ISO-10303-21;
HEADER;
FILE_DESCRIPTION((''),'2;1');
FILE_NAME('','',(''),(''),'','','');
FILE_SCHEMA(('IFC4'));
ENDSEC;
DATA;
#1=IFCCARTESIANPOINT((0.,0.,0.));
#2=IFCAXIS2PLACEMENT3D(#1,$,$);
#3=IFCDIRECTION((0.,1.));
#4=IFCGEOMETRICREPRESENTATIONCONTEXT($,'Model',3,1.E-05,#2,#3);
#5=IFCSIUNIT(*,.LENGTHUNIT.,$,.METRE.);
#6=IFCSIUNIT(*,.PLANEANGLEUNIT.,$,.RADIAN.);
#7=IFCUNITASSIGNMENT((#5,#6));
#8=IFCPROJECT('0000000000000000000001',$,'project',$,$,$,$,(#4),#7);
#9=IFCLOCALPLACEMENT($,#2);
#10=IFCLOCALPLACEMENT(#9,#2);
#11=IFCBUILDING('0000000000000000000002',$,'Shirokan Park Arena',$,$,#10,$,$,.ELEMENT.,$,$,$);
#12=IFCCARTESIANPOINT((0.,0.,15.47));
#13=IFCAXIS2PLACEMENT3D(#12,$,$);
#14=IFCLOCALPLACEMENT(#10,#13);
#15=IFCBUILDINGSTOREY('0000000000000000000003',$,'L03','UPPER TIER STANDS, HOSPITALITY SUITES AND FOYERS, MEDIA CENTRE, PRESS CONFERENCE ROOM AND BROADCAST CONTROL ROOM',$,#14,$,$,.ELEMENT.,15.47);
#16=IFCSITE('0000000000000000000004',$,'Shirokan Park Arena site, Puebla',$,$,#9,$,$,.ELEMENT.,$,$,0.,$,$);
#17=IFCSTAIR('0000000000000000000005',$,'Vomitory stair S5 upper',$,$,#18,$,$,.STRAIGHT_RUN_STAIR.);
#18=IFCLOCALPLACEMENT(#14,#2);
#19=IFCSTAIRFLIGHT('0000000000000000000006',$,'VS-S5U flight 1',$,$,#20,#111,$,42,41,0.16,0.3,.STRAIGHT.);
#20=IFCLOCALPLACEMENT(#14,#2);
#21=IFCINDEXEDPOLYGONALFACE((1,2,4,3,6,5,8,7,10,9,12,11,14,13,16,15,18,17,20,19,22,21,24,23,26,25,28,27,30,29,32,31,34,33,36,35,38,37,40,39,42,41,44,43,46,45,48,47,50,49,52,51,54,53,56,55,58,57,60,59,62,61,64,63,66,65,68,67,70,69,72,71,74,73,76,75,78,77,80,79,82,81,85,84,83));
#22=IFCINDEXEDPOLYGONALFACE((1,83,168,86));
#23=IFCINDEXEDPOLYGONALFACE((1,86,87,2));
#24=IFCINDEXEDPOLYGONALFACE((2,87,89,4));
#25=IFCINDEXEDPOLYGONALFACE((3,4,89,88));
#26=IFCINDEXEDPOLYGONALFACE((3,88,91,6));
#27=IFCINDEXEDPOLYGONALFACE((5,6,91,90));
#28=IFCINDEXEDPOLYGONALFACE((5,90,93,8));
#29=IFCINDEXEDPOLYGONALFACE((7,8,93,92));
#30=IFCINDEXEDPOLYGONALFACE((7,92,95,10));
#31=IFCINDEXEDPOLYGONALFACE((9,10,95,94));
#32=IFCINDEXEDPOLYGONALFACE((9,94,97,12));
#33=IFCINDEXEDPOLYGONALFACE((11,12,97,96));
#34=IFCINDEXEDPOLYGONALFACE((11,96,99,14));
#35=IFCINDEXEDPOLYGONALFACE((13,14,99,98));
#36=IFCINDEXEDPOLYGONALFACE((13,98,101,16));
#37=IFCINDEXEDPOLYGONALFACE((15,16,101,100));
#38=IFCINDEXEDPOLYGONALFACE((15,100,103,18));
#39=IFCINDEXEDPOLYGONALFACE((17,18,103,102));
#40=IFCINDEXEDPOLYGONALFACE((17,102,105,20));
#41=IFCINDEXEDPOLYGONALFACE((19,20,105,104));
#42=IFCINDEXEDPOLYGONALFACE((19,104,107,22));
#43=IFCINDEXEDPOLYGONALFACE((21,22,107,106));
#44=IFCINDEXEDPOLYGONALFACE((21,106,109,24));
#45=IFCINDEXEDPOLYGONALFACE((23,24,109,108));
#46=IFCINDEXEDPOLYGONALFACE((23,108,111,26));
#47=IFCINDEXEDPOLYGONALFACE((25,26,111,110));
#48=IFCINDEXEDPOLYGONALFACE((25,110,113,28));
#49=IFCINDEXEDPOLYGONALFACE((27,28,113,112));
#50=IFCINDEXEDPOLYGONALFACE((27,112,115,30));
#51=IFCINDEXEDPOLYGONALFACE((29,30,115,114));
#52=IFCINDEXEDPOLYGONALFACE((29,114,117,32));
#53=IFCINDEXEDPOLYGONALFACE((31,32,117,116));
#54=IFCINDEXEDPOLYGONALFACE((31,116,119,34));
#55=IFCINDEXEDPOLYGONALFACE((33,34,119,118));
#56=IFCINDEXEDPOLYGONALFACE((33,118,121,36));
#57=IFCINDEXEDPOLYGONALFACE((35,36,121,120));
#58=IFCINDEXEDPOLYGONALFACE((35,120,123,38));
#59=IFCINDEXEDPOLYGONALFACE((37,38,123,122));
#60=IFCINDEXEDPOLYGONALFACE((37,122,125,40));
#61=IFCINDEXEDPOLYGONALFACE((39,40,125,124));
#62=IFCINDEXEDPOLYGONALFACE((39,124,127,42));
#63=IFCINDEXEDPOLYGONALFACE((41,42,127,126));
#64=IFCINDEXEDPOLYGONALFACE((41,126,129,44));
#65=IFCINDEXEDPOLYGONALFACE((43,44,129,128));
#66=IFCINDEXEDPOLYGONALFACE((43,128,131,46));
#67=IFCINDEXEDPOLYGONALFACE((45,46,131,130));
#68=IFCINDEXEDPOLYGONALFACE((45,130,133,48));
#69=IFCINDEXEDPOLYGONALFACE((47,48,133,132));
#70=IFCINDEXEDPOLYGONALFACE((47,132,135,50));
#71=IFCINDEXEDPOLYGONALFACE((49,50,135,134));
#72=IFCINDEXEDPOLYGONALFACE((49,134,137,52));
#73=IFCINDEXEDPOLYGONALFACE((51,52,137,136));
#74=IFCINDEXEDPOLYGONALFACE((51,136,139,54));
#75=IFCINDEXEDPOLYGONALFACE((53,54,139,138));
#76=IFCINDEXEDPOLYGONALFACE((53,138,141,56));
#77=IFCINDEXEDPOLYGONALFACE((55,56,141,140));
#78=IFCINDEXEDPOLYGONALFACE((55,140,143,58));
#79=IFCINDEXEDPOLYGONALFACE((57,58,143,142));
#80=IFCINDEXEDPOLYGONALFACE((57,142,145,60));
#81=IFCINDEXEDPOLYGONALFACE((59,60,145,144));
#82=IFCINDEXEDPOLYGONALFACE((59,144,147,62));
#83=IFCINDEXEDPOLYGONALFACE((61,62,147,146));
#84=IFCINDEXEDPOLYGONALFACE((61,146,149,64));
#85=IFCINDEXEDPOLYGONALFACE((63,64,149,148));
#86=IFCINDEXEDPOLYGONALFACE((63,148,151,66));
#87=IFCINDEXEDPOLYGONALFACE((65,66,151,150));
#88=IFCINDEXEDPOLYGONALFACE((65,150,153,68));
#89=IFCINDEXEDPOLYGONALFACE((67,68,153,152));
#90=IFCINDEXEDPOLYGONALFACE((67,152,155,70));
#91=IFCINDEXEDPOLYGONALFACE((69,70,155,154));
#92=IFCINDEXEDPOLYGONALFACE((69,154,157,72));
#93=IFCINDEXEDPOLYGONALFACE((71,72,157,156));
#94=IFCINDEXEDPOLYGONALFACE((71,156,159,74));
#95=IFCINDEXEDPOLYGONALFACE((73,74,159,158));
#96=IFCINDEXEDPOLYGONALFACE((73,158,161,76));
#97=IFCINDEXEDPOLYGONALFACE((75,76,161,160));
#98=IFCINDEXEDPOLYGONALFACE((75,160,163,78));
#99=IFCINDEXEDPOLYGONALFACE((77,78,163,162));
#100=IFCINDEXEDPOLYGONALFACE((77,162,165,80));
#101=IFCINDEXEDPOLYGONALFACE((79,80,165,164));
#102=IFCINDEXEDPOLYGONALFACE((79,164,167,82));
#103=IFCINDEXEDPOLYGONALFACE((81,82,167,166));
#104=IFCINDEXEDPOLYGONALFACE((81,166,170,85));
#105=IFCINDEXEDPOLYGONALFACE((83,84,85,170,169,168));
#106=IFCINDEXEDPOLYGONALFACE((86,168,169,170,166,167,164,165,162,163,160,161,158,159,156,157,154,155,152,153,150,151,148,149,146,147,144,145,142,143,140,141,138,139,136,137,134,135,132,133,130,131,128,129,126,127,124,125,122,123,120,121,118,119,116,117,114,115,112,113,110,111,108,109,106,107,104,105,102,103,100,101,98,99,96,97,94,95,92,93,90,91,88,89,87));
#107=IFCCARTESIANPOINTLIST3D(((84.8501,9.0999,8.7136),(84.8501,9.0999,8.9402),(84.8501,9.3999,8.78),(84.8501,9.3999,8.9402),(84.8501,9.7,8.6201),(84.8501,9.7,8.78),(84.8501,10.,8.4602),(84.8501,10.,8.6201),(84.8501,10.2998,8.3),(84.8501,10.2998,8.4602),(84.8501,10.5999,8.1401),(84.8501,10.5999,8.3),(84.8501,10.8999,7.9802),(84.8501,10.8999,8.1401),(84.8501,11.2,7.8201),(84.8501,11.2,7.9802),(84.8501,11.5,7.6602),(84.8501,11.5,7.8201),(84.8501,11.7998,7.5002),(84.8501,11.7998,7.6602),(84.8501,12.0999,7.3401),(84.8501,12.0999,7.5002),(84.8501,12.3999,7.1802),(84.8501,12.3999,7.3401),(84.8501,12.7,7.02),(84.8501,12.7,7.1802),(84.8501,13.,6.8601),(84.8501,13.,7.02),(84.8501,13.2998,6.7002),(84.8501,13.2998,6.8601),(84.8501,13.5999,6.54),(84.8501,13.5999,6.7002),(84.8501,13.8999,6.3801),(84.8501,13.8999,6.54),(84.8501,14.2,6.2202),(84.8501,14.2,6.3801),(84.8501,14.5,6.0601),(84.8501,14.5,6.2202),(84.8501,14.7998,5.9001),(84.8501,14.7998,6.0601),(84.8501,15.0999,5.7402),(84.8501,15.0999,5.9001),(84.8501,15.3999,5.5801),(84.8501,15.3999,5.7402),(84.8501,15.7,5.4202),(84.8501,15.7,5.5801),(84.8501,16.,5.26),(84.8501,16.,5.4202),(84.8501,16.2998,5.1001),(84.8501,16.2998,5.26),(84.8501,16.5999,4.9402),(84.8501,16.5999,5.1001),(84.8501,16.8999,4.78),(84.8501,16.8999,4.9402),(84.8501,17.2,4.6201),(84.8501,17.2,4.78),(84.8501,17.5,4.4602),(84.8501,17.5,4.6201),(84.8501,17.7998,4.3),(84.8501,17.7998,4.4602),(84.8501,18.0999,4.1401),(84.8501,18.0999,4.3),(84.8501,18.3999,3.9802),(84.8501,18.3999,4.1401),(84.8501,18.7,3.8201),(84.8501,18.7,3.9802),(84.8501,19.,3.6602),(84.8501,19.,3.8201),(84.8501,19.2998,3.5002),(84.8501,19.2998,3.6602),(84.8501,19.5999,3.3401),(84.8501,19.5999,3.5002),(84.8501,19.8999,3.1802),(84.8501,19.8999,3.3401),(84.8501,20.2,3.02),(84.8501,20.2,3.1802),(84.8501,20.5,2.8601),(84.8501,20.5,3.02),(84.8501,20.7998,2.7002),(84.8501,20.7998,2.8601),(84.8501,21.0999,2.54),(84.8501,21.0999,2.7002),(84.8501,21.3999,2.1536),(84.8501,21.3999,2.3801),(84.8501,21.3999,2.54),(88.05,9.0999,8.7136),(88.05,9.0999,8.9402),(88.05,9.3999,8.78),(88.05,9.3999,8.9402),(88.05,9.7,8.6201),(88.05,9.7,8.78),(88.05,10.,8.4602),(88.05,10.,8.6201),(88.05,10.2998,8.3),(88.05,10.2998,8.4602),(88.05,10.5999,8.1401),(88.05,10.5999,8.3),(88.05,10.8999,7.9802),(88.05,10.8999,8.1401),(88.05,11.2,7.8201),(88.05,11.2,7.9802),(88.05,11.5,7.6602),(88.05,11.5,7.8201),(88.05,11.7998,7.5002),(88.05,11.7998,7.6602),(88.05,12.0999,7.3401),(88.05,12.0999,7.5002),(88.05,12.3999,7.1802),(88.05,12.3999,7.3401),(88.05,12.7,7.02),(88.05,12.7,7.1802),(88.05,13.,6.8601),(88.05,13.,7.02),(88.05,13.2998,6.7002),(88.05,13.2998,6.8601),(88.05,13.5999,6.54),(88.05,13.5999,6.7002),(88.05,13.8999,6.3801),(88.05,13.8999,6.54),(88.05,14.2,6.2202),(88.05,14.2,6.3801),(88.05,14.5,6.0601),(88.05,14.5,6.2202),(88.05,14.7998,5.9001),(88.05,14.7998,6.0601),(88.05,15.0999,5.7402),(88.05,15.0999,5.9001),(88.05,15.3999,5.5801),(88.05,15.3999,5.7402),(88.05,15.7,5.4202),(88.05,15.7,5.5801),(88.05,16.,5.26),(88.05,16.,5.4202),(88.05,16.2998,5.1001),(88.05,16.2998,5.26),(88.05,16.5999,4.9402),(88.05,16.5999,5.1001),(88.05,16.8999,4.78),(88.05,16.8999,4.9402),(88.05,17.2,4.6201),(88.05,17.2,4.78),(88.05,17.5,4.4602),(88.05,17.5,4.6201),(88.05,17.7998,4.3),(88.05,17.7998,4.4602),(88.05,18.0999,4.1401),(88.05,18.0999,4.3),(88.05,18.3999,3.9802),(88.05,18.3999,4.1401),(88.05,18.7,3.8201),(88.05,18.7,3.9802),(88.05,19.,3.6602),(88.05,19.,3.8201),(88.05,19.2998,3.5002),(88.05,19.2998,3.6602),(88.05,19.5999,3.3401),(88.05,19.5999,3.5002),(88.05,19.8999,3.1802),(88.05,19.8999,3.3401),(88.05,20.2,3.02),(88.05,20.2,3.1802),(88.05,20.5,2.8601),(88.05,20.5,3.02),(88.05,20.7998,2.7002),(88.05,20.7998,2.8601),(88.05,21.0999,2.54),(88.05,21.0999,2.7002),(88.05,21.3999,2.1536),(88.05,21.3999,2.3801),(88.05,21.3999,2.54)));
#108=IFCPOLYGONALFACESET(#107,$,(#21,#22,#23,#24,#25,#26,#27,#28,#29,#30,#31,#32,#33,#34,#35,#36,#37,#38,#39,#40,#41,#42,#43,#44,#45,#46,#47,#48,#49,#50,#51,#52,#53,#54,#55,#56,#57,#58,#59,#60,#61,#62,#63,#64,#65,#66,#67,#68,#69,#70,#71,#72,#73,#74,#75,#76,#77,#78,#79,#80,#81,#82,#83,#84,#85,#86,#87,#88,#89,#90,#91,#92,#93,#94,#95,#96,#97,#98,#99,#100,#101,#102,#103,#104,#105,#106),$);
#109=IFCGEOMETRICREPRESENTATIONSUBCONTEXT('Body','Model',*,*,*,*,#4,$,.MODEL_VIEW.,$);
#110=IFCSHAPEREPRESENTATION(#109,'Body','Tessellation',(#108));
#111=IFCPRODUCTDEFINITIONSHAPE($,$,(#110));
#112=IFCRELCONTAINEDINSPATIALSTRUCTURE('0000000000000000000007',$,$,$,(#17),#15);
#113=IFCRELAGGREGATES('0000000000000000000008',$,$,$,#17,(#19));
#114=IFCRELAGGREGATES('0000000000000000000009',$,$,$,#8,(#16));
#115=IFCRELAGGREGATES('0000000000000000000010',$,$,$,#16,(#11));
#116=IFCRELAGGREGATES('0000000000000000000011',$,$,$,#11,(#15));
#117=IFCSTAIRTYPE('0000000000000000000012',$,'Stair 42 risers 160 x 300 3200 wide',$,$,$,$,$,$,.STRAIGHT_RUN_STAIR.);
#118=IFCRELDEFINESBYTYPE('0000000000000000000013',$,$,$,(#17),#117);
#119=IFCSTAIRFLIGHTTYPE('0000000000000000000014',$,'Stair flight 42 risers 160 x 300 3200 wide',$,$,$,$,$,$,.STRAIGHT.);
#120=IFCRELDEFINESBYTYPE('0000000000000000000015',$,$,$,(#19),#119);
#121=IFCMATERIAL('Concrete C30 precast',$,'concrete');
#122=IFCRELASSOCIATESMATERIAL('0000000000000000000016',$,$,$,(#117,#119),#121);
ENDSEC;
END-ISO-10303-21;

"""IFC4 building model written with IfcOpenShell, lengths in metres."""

from ifc_helpers import new_model, si_unit, direction, frame, origin, place, context, subcontext, project, spatial, polyline, outline, extrude, material, type_object, element, aggregate, save


model = new_model("IFC4")

# Units and contexts
model_context = context("Model", 3, precision=1e-05, world=origin(), true_north=direction((0.0, 1.0)))
body_context = subcontext(model_context, "Body", "Model", "MODEL_VIEW")
ifc_project = project(units=[si_unit("LENGTHUNIT", "METRE"), si_unit("PLANEANGLEUNIT", "RADIAN")], contexts=[model_context])

# Site, building, storey
site_placement = place(None, origin())
site = spatial("IfcSite", under=ifc_project, at=site_placement, Name="Shirokan Park Arena site, Puebla", CompositionType="ELEMENT", RefElevation=0.0)
building_placement = place(site_placement, origin())
building = spatial("IfcBuilding", under=site, at=building_placement, Name="Shirokan Park Arena", CompositionType="ELEMENT")
storey_placement = place(building_placement, frame((0.0, 0.0, 15.47)))
storey = spatial("IfcBuildingStorey", under=building, at=storey_placement, Name="L03", Description="UPPER TIER STANDS, HOSPITALITY SUITES AND FOYERS, MEDIA CENTRE, PRESS CONFERENCE ROOM AND BROADCAST CONTROL ROOM", CompositionType="ELEMENT", Elevation=15.47)

# Stair, stair flight
ifc_material_1 = material(Name="Concrete C30 precast", Category="concrete")
stair_type = type_object("IfcStairType", Name="Stair 42 risers 160 x 300 3200 wide", PredefinedType="STRAIGHT_RUN_STAIR", material=ifc_material_1)
stair_placement = place(storey_placement, origin())
stair = element("IfcStair", 1, at=stair_placement, inside=storey, type_object=stair_type, Name="Vomitory stair S5 upper", PredefinedType="STRAIGHT_RUN_STAIR")
stair_flight_type = type_object("IfcStairFlightType", Name="Stair flight 42 risers 160 x 300 3200 wide", PredefinedType="STRAIGHT", material=ifc_material_1)
stair_flight_placement = place(storey_placement, frame((86.45, 21.3999, 2.3801), z_axis=(0.0, 0.0, 1.0), x_axis=(0.0, -1.0, 0.0)))
stair_flight = element("IfcStairFlight", 2, at=stair_flight_placement, type_object=stair_flight_type, Name="VS-S5U flight 1", NumberOfRisers=42, NumberOfTreads=41, PredefinedType="STRAIGHT", RiserHeight=0.16, TreadLength=0.3, context=body_context, shape_type="SweptSolid", body=[
    extrude(outline(polyline([(0.0, -0.2266), (0.0, 0.0), (0.0, 0.1599), (0.3, 0.1599), (0.3, 0.3201), (0.6001, 0.3201), (0.6001, 0.48), (0.8999, 0.48), (0.8999, 0.6399), (1.2, 0.6399), (1.2, 0.8), (1.5, 0.8), (1.5, 0.96), (1.8, 0.96), (1.8, 1.1201), (2.1001, 1.1201), (2.1001, 1.28), (2.3999, 1.28), (2.3999, 1.4399), (2.7, 1.4399), (2.7, 1.6001), (3.0, 1.6001), (3.0, 1.76), (3.3, 1.76), (3.3, 1.9199), (3.6001, 1.9199), (3.6001, 2.0801), (3.8999, 2.0801), (3.8999, 2.24), (4.2, 2.24), (4.2, 2.3999), (4.5, 2.3999), (4.5, 2.5601), (4.8, 2.5601), (4.8, 2.72), (5.1001, 2.72), (5.1001, 2.8799), (5.3999, 2.8799), (5.3999, 3.04), (5.7, 3.04), (5.7, 3.2), (6.0, 3.2), (6.0, 3.3601), (6.3, 3.3601), (6.3, 3.52), (6.6001, 3.52), (6.6001, 3.6799), (6.8999, 3.6799), (6.8999, 3.8401), (7.2, 3.8401), (7.2, 4.0), (7.5, 4.0), (7.5, 4.1599), (7.8, 4.1599), (7.8, 4.3201), (8.1001, 4.3201), (8.1001, 4.48), (8.3999, 4.48), (8.3999, 4.6399), (8.7, 4.6399), (8.7, 4.8), (9.0, 4.8), (9.0, 4.96), (9.3, 4.96), (9.3, 5.1201), (9.6001, 5.1201), (9.6001, 5.28), (9.8999, 5.28), (9.8999, 5.4399), (10.2, 5.4399), (10.2, 5.6001), (10.5, 5.6001), (10.5, 5.76), (10.8, 5.76), (10.8, 5.9199), (11.1001, 5.9199), (11.1001, 6.0801), (11.3999, 6.0801), (11.3999, 6.24), (11.7, 6.24), (11.7, 6.3999), (12.0, 6.3999), (12.0, 6.5601), (12.3, 6.5601), (12.3, 6.72), (12.3, 6.3335), (0.0, -0.2266)])), frame((0.0, 1.6001, 0.0), z_axis=(0.0, -1.0, 0.0), x_axis=(1.0, 0.0, 0.0)), (0.0, 0.0, 1.0), 3.2),
])
aggregate(stair, [stair_flight])

save(model, "model.ifc")
